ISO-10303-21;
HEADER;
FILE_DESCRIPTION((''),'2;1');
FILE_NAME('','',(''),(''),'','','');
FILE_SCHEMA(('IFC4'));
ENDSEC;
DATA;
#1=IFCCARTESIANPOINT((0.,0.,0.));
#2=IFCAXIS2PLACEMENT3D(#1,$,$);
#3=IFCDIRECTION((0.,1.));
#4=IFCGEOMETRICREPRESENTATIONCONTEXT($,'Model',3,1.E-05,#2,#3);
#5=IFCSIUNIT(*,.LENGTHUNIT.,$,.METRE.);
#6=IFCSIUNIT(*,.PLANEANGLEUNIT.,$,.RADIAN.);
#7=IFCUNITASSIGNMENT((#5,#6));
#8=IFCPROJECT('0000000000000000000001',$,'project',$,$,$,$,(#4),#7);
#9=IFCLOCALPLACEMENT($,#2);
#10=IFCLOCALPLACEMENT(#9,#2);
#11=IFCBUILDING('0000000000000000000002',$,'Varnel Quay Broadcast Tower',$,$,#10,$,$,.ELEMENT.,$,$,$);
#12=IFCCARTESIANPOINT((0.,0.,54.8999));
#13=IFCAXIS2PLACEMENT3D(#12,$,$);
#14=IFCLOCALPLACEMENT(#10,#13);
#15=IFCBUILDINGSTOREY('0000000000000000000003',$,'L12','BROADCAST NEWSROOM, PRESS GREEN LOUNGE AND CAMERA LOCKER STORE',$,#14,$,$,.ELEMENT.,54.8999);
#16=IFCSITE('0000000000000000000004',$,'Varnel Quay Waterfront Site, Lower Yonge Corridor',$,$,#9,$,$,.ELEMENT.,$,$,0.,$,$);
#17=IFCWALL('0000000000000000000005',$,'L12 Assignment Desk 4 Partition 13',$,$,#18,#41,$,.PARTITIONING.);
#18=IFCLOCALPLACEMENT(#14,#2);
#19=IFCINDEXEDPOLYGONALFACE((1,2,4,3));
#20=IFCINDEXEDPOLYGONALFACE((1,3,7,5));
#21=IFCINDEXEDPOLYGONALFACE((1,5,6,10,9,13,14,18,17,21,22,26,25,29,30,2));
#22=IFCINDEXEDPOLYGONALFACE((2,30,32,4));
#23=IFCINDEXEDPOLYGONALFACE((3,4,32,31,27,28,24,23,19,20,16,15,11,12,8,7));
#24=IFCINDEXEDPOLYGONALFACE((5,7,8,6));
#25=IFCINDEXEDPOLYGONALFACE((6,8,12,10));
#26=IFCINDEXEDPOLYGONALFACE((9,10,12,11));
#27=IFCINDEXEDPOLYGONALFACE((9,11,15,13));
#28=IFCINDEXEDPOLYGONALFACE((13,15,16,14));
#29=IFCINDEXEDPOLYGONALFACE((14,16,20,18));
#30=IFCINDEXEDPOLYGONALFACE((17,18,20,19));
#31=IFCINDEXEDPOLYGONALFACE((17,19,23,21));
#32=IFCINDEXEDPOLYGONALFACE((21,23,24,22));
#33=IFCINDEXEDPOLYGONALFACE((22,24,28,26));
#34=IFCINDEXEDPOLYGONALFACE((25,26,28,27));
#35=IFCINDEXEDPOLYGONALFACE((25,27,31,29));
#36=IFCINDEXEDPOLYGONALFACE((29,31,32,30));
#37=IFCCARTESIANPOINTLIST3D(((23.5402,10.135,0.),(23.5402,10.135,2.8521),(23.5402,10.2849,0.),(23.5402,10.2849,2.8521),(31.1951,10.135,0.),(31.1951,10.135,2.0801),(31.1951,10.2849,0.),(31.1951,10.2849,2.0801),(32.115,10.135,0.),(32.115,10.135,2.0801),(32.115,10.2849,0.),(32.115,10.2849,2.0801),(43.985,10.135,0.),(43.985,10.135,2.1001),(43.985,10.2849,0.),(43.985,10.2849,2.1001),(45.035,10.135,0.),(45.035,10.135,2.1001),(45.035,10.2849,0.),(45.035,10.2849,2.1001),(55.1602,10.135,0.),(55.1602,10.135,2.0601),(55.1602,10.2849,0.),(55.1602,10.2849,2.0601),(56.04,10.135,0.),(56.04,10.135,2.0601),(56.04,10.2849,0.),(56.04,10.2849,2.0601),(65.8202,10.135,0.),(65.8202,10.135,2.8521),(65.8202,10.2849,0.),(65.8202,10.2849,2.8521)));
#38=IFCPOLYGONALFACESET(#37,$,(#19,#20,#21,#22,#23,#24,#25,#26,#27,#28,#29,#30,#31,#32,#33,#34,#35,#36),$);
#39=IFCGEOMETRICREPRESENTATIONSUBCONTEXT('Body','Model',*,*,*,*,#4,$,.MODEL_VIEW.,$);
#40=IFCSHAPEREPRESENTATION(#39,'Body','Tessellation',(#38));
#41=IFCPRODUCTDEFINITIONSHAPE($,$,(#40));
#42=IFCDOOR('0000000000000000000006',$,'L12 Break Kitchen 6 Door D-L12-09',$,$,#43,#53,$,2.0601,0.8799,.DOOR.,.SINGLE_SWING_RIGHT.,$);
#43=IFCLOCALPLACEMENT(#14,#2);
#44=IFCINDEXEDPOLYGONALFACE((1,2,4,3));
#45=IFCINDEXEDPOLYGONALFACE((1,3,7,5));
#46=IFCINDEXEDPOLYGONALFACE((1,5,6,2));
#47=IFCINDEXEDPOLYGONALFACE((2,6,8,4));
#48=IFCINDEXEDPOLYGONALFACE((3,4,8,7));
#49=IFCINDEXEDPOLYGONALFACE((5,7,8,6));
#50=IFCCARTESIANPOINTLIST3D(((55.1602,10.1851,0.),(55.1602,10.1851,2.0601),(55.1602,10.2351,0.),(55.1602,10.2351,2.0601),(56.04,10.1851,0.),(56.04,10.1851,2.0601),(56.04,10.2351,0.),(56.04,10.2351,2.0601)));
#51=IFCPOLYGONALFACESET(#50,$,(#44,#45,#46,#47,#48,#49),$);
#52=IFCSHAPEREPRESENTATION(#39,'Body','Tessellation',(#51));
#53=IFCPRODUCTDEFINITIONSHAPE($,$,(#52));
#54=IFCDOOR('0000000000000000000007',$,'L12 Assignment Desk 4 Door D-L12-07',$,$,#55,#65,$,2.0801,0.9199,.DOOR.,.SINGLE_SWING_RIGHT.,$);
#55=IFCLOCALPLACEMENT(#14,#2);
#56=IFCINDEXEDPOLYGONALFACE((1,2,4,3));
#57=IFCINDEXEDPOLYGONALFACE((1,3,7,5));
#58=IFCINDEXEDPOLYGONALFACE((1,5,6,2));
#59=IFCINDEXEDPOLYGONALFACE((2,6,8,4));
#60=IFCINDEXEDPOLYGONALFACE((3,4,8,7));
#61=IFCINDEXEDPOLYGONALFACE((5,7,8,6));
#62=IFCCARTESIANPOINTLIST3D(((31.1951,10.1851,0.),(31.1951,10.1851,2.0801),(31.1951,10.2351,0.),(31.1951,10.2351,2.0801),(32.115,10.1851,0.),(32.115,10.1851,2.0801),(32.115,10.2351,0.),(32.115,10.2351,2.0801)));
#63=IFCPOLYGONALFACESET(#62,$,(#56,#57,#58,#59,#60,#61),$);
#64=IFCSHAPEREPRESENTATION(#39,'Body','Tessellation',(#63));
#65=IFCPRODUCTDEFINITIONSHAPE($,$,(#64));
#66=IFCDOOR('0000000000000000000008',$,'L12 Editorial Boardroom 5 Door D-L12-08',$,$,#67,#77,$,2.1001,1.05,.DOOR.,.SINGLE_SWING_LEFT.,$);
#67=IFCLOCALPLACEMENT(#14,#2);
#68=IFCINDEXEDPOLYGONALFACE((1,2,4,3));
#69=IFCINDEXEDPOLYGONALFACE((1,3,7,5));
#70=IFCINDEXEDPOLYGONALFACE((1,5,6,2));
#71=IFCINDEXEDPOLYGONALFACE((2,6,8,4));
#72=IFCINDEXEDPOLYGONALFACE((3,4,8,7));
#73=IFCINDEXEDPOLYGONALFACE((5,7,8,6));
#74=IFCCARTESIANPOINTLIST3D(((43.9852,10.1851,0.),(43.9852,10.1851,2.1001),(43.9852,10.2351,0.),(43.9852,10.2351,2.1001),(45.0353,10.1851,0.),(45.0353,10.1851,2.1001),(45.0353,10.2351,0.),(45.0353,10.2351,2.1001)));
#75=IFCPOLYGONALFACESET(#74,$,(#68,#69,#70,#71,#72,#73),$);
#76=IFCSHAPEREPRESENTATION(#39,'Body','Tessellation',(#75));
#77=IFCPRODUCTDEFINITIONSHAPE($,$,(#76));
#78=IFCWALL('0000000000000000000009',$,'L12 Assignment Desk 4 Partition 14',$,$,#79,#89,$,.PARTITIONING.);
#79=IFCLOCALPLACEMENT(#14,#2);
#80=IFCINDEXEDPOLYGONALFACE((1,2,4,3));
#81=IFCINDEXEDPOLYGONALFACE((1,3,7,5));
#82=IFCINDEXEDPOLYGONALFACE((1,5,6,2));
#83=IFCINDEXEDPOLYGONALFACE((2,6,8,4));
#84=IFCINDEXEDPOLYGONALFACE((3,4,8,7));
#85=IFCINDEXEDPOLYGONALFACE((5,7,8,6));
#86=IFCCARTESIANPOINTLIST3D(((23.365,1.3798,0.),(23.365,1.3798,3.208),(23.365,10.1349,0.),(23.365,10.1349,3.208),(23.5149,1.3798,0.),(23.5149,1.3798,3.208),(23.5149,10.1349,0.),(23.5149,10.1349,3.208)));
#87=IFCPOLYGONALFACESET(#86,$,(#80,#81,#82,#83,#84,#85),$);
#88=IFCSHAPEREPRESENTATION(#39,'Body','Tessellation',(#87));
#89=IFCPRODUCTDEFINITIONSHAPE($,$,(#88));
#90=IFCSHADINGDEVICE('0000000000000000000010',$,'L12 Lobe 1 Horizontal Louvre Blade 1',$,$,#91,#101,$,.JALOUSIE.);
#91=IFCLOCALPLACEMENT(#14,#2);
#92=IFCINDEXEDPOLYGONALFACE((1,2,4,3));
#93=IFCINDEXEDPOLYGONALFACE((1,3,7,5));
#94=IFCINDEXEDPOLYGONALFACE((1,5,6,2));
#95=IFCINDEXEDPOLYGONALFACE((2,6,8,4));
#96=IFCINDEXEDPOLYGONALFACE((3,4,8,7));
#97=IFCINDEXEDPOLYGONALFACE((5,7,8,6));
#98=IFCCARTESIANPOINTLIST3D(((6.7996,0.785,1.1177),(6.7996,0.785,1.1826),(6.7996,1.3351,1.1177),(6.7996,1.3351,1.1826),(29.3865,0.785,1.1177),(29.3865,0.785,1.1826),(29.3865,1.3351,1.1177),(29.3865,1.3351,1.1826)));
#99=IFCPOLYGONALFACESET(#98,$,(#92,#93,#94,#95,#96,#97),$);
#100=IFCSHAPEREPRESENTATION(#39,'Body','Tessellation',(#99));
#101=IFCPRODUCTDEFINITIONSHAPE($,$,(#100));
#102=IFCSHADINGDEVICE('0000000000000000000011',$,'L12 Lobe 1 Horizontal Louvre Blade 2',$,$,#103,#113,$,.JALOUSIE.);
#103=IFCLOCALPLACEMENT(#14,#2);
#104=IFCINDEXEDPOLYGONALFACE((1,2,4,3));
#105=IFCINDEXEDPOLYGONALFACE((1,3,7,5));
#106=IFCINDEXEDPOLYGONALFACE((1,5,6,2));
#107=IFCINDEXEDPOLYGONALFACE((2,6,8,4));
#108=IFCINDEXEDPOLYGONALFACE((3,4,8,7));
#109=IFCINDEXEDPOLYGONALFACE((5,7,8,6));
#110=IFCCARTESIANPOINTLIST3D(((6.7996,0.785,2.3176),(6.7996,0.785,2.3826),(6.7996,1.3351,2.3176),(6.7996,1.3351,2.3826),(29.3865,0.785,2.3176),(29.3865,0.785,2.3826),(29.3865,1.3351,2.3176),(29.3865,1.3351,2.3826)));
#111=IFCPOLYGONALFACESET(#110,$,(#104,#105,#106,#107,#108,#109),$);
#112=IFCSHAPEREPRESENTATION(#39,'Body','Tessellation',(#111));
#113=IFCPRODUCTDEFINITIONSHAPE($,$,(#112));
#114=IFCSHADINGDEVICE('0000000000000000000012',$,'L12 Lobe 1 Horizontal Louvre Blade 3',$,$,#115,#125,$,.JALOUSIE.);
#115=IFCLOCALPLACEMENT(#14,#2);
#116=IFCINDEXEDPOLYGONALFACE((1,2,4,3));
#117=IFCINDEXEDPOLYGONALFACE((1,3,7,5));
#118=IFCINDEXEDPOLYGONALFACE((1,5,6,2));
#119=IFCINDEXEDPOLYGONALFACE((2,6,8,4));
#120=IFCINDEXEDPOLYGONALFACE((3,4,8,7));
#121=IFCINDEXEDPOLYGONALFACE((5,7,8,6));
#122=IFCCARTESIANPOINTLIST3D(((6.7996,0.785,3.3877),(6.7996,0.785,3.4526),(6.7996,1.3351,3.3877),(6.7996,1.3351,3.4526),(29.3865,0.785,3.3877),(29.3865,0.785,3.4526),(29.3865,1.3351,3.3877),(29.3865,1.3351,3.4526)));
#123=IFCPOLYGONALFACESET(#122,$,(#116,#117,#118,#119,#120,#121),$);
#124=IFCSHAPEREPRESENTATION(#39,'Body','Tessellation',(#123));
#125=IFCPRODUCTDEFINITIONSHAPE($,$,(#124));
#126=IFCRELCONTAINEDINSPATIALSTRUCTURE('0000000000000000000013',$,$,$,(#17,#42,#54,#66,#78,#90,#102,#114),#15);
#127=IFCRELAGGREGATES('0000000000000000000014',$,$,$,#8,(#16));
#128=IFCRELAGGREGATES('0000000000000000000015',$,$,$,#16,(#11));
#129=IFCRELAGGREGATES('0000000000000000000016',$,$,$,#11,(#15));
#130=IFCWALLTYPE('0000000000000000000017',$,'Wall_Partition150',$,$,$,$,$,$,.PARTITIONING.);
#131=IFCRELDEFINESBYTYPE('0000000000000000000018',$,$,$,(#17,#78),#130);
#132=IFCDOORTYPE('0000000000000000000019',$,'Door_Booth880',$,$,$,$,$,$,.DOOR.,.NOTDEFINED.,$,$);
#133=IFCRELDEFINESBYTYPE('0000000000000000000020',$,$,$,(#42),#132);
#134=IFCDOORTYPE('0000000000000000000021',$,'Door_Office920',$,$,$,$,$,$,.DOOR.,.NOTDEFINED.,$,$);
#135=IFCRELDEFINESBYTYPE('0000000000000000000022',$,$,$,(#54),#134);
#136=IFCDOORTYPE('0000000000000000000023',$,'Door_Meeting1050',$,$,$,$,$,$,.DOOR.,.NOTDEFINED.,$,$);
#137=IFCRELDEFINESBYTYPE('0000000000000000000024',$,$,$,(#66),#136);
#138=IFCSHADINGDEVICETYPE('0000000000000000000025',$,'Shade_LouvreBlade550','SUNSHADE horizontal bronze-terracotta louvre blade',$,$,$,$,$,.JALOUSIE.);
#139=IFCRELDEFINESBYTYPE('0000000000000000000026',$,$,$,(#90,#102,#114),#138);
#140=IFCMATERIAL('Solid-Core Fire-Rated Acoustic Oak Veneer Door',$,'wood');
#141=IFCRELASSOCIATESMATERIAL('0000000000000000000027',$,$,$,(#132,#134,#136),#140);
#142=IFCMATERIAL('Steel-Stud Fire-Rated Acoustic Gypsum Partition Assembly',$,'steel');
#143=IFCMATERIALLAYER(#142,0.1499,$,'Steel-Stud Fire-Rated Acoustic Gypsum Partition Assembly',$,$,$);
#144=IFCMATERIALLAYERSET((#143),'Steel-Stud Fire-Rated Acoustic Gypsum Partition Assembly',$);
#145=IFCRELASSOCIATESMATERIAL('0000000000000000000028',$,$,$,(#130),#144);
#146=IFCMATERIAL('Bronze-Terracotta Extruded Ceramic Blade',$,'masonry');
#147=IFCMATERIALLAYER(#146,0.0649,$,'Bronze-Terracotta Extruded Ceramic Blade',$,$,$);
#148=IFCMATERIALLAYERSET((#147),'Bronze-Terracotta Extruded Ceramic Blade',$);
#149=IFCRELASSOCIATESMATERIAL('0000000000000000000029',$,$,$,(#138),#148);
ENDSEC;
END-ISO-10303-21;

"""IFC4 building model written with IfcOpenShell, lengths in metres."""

from ifc_helpers import new_model, si_unit, direction, frame, frame_2d, origin, origin_2d, place, context, subcontext, project, spatial, rectangle, extrude, source, transform, mapped, material, layer, layer_set, type_object, type_shapes, element, fill, save


model = new_model("IFC4")

# Units and contexts
model_context = context("Model", 3, precision=1e-05, world=origin(), true_north=direction((0.0, 1.0)))
body_context = subcontext(model_context, "Body", "Model", "MODEL_VIEW")
ifc_project = project(units=[si_unit("LENGTHUNIT", "METRE"), si_unit("PLANEANGLEUNIT", "RADIAN")], contexts=[model_context])

# Site, building, storey
site_placement = place(None, origin())
site = spatial("IfcSite", under=ifc_project, at=site_placement, Name="Varnel Quay Waterfront Site, Lower Yonge Corridor", CompositionType="ELEMENT", RefElevation=0.0)
building_placement = place(site_placement, origin())
building = spatial("IfcBuilding", under=site, at=building_placement, Name="Varnel Quay Broadcast Tower", CompositionType="ELEMENT")
storey_placement = place(building_placement, frame((0.0, 0.0, 54.8999)))
storey = spatial("IfcBuildingStorey", under=building, at=storey_placement, Name="L12", Description="BROADCAST NEWSROOM, PRESS GREEN LOUNGE AND CAMERA LOCKER STORE", CompositionType="ELEMENT", Elevation=54.8999)

# Shared definitions
ifc_material_1 = material(Name="Steel-Stud Fire-Rated Acoustic Gypsum Partition Assembly", Category="steel")
ifc_material_2 = material(Name="Solid-Core Fire-Rated Acoustic Oak Veneer Door", Category="wood")
door_type_1 = type_object("IfcDoorType", Name="Door_Booth880", OperationType="NOTDEFINED", PredefinedType="DOOR", material=ifc_material_2)
shared_shape_1 = source(origin(), body_context, "Body", "SweptSolid", [
    extrude(rectangle(XDim=0.8799, YDim=2.0601, at=frame_2d((0.4399, 1.03))), frame((0.0, 0.0249, 0.0), z_axis=(0.0, -1.0, 0.0), x_axis=(1.0, 0.0, 0.0)), (0.0, 0.0, 1.0), 0.05),
])
type_shapes(door_type_1, [shared_shape_1])
door_type_2 = type_object("IfcDoorType", Name="Door_Office920", OperationType="NOTDEFINED", PredefinedType="DOOR", material=ifc_material_2)
shared_shape_2 = source(origin(), body_context, "Body", "SweptSolid", [
    extrude(rectangle(XDim=0.9199, YDim=2.0801, at=frame_2d((0.46, 1.04))), frame((0.0, 0.0249, 0.0), z_axis=(0.0, -1.0, 0.0), x_axis=(1.0, 0.0, 0.0)), (0.0, 0.0, 1.0), 0.05),
])
type_shapes(door_type_2, [shared_shape_2])

# Wall, openings, doors
ifc_layer_1 = layer(ifc_material_1, 0.1499, Name="Steel-Stud Fire-Rated Acoustic Gypsum Partition Assembly")
ifc_layer_set_1 = layer_set([ifc_layer_1], Name="Steel-Stud Fire-Rated Acoustic Gypsum Partition Assembly")
wall_type_1 = type_object("IfcWallType", Name="Wall_Partition150", PredefinedType="PARTITIONING", material=ifc_layer_set_1)
wall_1_placement = place(storey_placement, frame((23.54, 10.21, 0.0), z_axis=(0.0, 0.0, 1.0), x_axis=(1.0, 0.0, 0.0)))
wall_1 = element("IfcWall", 1, at=wall_1_placement, inside=storey, type_object=wall_type_1, Name="L12 Assignment Desk 4 Partition 13", PredefinedType="PARTITIONING", context=body_context, shape_type="SweptSolid", body=[
    extrude(rectangle(XDim=42.28, YDim=0.1499, at=frame_2d((21.1401, 0.0))), origin(), (0.0, 0.0, 1.0), 2.8521),
])
opening_1_placement = place(wall_1_placement, frame((7.655, 0.0, 0.0)))
opening_1 = element("IfcOpeningElement", 2, at=opening_1_placement, cuts=wall_1, PredefinedType="OPENING", context=body_context, shape_type="SweptSolid", body=[
    extrude(rectangle(XDim=0.9199, YDim=2.0801, at=frame_2d((0.46, 1.04))), frame((0.0, 0.085, 0.0), z_axis=(0.0, -1.0, 0.0), x_axis=(1.0, 0.0, 0.0)), (0.0, 0.0, 1.0), 0.1699),
])
opening_2_placement = place(wall_1_placement, frame((20.4451, 0.0, 0.0)))
opening_2 = element("IfcOpeningElement", 3, at=opening_2_placement, cuts=wall_1, PredefinedType="OPENING", context=body_context, shape_type="SweptSolid", body=[
    extrude(rectangle(XDim=1.05, YDim=2.1001, at=frame_2d((0.5249, 1.05))), frame((0.0, 0.085, 0.0), z_axis=(0.0, -1.0, 0.0), x_axis=(1.0, 0.0, 0.0)), (0.0, 0.0, 1.0), 0.1699),
])
opening_3_placement = place(wall_1_placement, frame((31.6201, 0.0, 0.0)))
opening_3 = element("IfcOpeningElement", 4, at=opening_3_placement, cuts=wall_1, PredefinedType="OPENING", context=body_context, shape_type="SweptSolid", body=[
    extrude(rectangle(XDim=0.8799, YDim=2.0601, at=frame_2d((0.4399, 1.03))), frame((0.0, 0.085, 0.0), z_axis=(0.0, -1.0, 0.0), x_axis=(1.0, 0.0, 0.0)), (0.0, 0.0, 1.0), 0.1699),
])
door_1_placement = place(opening_3_placement, frame((0.8799, 0.0, 0.0), z_axis=(0.0, 0.0, 1.0), x_axis=(-1.0, 0.0, 0.0)))
door_1 = element("IfcDoor", 5, at=door_1_placement, inside=storey, type_object=door_type_1, Name="L12 Break Kitchen 6 Door D-L12-09", OperationType="SINGLE_SWING_RIGHT", OverallHeight=2.0601, OverallWidth=0.8799, PredefinedType="DOOR", context=body_context, shape_type="MappedRepresentation", body=[
    mapped(shared_shape_1, transform((0.0, 0.0, 0.0), x_axis=(1.0, 0.0, 0.0), y_axis=(0.0, 1.0, 0.0), z_axis=(0.0, 0.0, 1.0), scale=1.0)),
])
fill(opening_3, door_1)
door_2_placement = place(opening_1_placement, frame((0.9199, 0.0, 0.0), z_axis=(0.0, 0.0, 1.0), x_axis=(-1.0, 0.0, 0.0)))
door_2 = element("IfcDoor", 6, at=door_2_placement, inside=storey, type_object=door_type_2, Name="L12 Assignment Desk 4 Door D-L12-07", OperationType="SINGLE_SWING_RIGHT", OverallHeight=2.0801, OverallWidth=0.9199, PredefinedType="DOOR", context=body_context, shape_type="MappedRepresentation", body=[
    mapped(shared_shape_2, transform((0.0, 0.0, 0.0), x_axis=(1.0, 0.0, 0.0), y_axis=(0.0, 1.0, 0.0), z_axis=(0.0, 0.0, 1.0), scale=1.0)),
])
fill(opening_1, door_2)
door_type_3 = type_object("IfcDoorType", Name="Door_Meeting1050", OperationType="NOTDEFINED", PredefinedType="DOOR", material=ifc_material_2)
shared_shape_3 = source(origin(), body_context, "Body", "SweptSolid", [
    extrude(rectangle(XDim=1.05, YDim=2.1001, at=frame_2d((0.5249, 1.05))), frame((0.0, 0.0249, 0.0), z_axis=(0.0, -1.0, 0.0), x_axis=(1.0, 0.0, 0.0)), (0.0, 0.0, 1.0), 0.05),
])
type_shapes(door_type_3, [shared_shape_3])
door_3_placement = place(opening_2_placement, frame((1.05, 0.0, 0.0), z_axis=(0.0, 0.0, 1.0), x_axis=(-1.0, 0.0, 0.0)))
door_3 = element("IfcDoor", 7, at=door_3_placement, inside=storey, type_object=door_type_3, Name="L12 Editorial Boardroom 5 Door D-L12-08", OperationType="SINGLE_SWING_LEFT", OverallHeight=2.1001, OverallWidth=1.05, PredefinedType="DOOR", context=body_context, shape_type="MappedRepresentation", body=[
    mapped(shared_shape_3, transform((0.0, 0.0, 0.0), x_axis=(1.0, 0.0, 0.0), y_axis=(0.0, 1.0, 0.0), z_axis=(0.0, 0.0, 1.0), scale=1.0)),
])
fill(opening_2, door_3)

# Wall
wall_2_placement = place(storey_placement, frame((23.4399, 1.3799, 0.0), z_axis=(0.0, 0.0, 1.0), x_axis=(0.0, 1.0, 0.0)))
element("IfcWall", 8, at=wall_2_placement, inside=storey, type_object=wall_type_1, Name="L12 Assignment Desk 4 Partition 14", PredefinedType="PARTITIONING", context=body_context, shape_type="SweptSolid", body=[
    extrude(rectangle(XDim=8.7551, YDim=0.1499, at=frame_2d((4.3774, 0.0))), origin(), (0.0, 0.0, 1.0), 3.208),
])

# Shading devices
ifc_material_3 = material(Name="Bronze-Terracotta Extruded Ceramic Blade", Category="masonry")
ifc_layer_2 = layer(ifc_material_3, 0.0649, Name="Bronze-Terracotta Extruded Ceramic Blade")
ifc_layer_set_2 = layer_set([ifc_layer_2], Name="Bronze-Terracotta Extruded Ceramic Blade")
shading_device_type = type_object("IfcShadingDeviceType", Name="Shade_LouvreBlade550", Description="SUNSHADE horizontal bronze-terracotta louvre blade", PredefinedType="JALOUSIE", material=ifc_layer_set_2)
shared_shape_4 = source(origin(), body_context, "Body", "SweptSolid", [
    extrude(rectangle(XDim=22.5869, YDim=0.55, at=origin_2d()), origin(), (0.0, 0.0, 1.0), 0.0649),
])
type_shapes(shading_device_type, [shared_shape_4])
for number, where, z_axis, x_axis, name in (
    (9, (18.093, 1.0601, 1.1177), (0.0, 0.0, 1.0), (1.0, 0.0, 0.0), "L12 Lobe 1 Horizontal Louvre Blade 1"),
    (10, (18.093, 1.0601, 2.3176), (0.0, 0.0, 1.0), (1.0, 0.0, 0.0), "L12 Lobe 1 Horizontal Louvre Blade 2"),
    (11, (18.093, 1.0601, 3.3877), (0.0, 0.0, 1.0), (1.0, 0.0, 0.0), "L12 Lobe 1 Horizontal Louvre Blade 3"),
):
    element("IfcShadingDevice", number, at=place(storey_placement, frame(where, z_axis=z_axis, x_axis=x_axis)), inside=storey, type_object=shading_device_type, Name=name, PredefinedType="JALOUSIE", context=body_context, shape_type="MappedRepresentation", body=[
        mapped(shared_shape_4, transform((0.0, 0.0, 0.0), x_axis=(1.0, 0.0, 0.0), y_axis=(0.0, 1.0, 0.0), z_axis=(0.0, 0.0, 1.0), scale=1.0)),
    ])

save(model, "model.ifc")
